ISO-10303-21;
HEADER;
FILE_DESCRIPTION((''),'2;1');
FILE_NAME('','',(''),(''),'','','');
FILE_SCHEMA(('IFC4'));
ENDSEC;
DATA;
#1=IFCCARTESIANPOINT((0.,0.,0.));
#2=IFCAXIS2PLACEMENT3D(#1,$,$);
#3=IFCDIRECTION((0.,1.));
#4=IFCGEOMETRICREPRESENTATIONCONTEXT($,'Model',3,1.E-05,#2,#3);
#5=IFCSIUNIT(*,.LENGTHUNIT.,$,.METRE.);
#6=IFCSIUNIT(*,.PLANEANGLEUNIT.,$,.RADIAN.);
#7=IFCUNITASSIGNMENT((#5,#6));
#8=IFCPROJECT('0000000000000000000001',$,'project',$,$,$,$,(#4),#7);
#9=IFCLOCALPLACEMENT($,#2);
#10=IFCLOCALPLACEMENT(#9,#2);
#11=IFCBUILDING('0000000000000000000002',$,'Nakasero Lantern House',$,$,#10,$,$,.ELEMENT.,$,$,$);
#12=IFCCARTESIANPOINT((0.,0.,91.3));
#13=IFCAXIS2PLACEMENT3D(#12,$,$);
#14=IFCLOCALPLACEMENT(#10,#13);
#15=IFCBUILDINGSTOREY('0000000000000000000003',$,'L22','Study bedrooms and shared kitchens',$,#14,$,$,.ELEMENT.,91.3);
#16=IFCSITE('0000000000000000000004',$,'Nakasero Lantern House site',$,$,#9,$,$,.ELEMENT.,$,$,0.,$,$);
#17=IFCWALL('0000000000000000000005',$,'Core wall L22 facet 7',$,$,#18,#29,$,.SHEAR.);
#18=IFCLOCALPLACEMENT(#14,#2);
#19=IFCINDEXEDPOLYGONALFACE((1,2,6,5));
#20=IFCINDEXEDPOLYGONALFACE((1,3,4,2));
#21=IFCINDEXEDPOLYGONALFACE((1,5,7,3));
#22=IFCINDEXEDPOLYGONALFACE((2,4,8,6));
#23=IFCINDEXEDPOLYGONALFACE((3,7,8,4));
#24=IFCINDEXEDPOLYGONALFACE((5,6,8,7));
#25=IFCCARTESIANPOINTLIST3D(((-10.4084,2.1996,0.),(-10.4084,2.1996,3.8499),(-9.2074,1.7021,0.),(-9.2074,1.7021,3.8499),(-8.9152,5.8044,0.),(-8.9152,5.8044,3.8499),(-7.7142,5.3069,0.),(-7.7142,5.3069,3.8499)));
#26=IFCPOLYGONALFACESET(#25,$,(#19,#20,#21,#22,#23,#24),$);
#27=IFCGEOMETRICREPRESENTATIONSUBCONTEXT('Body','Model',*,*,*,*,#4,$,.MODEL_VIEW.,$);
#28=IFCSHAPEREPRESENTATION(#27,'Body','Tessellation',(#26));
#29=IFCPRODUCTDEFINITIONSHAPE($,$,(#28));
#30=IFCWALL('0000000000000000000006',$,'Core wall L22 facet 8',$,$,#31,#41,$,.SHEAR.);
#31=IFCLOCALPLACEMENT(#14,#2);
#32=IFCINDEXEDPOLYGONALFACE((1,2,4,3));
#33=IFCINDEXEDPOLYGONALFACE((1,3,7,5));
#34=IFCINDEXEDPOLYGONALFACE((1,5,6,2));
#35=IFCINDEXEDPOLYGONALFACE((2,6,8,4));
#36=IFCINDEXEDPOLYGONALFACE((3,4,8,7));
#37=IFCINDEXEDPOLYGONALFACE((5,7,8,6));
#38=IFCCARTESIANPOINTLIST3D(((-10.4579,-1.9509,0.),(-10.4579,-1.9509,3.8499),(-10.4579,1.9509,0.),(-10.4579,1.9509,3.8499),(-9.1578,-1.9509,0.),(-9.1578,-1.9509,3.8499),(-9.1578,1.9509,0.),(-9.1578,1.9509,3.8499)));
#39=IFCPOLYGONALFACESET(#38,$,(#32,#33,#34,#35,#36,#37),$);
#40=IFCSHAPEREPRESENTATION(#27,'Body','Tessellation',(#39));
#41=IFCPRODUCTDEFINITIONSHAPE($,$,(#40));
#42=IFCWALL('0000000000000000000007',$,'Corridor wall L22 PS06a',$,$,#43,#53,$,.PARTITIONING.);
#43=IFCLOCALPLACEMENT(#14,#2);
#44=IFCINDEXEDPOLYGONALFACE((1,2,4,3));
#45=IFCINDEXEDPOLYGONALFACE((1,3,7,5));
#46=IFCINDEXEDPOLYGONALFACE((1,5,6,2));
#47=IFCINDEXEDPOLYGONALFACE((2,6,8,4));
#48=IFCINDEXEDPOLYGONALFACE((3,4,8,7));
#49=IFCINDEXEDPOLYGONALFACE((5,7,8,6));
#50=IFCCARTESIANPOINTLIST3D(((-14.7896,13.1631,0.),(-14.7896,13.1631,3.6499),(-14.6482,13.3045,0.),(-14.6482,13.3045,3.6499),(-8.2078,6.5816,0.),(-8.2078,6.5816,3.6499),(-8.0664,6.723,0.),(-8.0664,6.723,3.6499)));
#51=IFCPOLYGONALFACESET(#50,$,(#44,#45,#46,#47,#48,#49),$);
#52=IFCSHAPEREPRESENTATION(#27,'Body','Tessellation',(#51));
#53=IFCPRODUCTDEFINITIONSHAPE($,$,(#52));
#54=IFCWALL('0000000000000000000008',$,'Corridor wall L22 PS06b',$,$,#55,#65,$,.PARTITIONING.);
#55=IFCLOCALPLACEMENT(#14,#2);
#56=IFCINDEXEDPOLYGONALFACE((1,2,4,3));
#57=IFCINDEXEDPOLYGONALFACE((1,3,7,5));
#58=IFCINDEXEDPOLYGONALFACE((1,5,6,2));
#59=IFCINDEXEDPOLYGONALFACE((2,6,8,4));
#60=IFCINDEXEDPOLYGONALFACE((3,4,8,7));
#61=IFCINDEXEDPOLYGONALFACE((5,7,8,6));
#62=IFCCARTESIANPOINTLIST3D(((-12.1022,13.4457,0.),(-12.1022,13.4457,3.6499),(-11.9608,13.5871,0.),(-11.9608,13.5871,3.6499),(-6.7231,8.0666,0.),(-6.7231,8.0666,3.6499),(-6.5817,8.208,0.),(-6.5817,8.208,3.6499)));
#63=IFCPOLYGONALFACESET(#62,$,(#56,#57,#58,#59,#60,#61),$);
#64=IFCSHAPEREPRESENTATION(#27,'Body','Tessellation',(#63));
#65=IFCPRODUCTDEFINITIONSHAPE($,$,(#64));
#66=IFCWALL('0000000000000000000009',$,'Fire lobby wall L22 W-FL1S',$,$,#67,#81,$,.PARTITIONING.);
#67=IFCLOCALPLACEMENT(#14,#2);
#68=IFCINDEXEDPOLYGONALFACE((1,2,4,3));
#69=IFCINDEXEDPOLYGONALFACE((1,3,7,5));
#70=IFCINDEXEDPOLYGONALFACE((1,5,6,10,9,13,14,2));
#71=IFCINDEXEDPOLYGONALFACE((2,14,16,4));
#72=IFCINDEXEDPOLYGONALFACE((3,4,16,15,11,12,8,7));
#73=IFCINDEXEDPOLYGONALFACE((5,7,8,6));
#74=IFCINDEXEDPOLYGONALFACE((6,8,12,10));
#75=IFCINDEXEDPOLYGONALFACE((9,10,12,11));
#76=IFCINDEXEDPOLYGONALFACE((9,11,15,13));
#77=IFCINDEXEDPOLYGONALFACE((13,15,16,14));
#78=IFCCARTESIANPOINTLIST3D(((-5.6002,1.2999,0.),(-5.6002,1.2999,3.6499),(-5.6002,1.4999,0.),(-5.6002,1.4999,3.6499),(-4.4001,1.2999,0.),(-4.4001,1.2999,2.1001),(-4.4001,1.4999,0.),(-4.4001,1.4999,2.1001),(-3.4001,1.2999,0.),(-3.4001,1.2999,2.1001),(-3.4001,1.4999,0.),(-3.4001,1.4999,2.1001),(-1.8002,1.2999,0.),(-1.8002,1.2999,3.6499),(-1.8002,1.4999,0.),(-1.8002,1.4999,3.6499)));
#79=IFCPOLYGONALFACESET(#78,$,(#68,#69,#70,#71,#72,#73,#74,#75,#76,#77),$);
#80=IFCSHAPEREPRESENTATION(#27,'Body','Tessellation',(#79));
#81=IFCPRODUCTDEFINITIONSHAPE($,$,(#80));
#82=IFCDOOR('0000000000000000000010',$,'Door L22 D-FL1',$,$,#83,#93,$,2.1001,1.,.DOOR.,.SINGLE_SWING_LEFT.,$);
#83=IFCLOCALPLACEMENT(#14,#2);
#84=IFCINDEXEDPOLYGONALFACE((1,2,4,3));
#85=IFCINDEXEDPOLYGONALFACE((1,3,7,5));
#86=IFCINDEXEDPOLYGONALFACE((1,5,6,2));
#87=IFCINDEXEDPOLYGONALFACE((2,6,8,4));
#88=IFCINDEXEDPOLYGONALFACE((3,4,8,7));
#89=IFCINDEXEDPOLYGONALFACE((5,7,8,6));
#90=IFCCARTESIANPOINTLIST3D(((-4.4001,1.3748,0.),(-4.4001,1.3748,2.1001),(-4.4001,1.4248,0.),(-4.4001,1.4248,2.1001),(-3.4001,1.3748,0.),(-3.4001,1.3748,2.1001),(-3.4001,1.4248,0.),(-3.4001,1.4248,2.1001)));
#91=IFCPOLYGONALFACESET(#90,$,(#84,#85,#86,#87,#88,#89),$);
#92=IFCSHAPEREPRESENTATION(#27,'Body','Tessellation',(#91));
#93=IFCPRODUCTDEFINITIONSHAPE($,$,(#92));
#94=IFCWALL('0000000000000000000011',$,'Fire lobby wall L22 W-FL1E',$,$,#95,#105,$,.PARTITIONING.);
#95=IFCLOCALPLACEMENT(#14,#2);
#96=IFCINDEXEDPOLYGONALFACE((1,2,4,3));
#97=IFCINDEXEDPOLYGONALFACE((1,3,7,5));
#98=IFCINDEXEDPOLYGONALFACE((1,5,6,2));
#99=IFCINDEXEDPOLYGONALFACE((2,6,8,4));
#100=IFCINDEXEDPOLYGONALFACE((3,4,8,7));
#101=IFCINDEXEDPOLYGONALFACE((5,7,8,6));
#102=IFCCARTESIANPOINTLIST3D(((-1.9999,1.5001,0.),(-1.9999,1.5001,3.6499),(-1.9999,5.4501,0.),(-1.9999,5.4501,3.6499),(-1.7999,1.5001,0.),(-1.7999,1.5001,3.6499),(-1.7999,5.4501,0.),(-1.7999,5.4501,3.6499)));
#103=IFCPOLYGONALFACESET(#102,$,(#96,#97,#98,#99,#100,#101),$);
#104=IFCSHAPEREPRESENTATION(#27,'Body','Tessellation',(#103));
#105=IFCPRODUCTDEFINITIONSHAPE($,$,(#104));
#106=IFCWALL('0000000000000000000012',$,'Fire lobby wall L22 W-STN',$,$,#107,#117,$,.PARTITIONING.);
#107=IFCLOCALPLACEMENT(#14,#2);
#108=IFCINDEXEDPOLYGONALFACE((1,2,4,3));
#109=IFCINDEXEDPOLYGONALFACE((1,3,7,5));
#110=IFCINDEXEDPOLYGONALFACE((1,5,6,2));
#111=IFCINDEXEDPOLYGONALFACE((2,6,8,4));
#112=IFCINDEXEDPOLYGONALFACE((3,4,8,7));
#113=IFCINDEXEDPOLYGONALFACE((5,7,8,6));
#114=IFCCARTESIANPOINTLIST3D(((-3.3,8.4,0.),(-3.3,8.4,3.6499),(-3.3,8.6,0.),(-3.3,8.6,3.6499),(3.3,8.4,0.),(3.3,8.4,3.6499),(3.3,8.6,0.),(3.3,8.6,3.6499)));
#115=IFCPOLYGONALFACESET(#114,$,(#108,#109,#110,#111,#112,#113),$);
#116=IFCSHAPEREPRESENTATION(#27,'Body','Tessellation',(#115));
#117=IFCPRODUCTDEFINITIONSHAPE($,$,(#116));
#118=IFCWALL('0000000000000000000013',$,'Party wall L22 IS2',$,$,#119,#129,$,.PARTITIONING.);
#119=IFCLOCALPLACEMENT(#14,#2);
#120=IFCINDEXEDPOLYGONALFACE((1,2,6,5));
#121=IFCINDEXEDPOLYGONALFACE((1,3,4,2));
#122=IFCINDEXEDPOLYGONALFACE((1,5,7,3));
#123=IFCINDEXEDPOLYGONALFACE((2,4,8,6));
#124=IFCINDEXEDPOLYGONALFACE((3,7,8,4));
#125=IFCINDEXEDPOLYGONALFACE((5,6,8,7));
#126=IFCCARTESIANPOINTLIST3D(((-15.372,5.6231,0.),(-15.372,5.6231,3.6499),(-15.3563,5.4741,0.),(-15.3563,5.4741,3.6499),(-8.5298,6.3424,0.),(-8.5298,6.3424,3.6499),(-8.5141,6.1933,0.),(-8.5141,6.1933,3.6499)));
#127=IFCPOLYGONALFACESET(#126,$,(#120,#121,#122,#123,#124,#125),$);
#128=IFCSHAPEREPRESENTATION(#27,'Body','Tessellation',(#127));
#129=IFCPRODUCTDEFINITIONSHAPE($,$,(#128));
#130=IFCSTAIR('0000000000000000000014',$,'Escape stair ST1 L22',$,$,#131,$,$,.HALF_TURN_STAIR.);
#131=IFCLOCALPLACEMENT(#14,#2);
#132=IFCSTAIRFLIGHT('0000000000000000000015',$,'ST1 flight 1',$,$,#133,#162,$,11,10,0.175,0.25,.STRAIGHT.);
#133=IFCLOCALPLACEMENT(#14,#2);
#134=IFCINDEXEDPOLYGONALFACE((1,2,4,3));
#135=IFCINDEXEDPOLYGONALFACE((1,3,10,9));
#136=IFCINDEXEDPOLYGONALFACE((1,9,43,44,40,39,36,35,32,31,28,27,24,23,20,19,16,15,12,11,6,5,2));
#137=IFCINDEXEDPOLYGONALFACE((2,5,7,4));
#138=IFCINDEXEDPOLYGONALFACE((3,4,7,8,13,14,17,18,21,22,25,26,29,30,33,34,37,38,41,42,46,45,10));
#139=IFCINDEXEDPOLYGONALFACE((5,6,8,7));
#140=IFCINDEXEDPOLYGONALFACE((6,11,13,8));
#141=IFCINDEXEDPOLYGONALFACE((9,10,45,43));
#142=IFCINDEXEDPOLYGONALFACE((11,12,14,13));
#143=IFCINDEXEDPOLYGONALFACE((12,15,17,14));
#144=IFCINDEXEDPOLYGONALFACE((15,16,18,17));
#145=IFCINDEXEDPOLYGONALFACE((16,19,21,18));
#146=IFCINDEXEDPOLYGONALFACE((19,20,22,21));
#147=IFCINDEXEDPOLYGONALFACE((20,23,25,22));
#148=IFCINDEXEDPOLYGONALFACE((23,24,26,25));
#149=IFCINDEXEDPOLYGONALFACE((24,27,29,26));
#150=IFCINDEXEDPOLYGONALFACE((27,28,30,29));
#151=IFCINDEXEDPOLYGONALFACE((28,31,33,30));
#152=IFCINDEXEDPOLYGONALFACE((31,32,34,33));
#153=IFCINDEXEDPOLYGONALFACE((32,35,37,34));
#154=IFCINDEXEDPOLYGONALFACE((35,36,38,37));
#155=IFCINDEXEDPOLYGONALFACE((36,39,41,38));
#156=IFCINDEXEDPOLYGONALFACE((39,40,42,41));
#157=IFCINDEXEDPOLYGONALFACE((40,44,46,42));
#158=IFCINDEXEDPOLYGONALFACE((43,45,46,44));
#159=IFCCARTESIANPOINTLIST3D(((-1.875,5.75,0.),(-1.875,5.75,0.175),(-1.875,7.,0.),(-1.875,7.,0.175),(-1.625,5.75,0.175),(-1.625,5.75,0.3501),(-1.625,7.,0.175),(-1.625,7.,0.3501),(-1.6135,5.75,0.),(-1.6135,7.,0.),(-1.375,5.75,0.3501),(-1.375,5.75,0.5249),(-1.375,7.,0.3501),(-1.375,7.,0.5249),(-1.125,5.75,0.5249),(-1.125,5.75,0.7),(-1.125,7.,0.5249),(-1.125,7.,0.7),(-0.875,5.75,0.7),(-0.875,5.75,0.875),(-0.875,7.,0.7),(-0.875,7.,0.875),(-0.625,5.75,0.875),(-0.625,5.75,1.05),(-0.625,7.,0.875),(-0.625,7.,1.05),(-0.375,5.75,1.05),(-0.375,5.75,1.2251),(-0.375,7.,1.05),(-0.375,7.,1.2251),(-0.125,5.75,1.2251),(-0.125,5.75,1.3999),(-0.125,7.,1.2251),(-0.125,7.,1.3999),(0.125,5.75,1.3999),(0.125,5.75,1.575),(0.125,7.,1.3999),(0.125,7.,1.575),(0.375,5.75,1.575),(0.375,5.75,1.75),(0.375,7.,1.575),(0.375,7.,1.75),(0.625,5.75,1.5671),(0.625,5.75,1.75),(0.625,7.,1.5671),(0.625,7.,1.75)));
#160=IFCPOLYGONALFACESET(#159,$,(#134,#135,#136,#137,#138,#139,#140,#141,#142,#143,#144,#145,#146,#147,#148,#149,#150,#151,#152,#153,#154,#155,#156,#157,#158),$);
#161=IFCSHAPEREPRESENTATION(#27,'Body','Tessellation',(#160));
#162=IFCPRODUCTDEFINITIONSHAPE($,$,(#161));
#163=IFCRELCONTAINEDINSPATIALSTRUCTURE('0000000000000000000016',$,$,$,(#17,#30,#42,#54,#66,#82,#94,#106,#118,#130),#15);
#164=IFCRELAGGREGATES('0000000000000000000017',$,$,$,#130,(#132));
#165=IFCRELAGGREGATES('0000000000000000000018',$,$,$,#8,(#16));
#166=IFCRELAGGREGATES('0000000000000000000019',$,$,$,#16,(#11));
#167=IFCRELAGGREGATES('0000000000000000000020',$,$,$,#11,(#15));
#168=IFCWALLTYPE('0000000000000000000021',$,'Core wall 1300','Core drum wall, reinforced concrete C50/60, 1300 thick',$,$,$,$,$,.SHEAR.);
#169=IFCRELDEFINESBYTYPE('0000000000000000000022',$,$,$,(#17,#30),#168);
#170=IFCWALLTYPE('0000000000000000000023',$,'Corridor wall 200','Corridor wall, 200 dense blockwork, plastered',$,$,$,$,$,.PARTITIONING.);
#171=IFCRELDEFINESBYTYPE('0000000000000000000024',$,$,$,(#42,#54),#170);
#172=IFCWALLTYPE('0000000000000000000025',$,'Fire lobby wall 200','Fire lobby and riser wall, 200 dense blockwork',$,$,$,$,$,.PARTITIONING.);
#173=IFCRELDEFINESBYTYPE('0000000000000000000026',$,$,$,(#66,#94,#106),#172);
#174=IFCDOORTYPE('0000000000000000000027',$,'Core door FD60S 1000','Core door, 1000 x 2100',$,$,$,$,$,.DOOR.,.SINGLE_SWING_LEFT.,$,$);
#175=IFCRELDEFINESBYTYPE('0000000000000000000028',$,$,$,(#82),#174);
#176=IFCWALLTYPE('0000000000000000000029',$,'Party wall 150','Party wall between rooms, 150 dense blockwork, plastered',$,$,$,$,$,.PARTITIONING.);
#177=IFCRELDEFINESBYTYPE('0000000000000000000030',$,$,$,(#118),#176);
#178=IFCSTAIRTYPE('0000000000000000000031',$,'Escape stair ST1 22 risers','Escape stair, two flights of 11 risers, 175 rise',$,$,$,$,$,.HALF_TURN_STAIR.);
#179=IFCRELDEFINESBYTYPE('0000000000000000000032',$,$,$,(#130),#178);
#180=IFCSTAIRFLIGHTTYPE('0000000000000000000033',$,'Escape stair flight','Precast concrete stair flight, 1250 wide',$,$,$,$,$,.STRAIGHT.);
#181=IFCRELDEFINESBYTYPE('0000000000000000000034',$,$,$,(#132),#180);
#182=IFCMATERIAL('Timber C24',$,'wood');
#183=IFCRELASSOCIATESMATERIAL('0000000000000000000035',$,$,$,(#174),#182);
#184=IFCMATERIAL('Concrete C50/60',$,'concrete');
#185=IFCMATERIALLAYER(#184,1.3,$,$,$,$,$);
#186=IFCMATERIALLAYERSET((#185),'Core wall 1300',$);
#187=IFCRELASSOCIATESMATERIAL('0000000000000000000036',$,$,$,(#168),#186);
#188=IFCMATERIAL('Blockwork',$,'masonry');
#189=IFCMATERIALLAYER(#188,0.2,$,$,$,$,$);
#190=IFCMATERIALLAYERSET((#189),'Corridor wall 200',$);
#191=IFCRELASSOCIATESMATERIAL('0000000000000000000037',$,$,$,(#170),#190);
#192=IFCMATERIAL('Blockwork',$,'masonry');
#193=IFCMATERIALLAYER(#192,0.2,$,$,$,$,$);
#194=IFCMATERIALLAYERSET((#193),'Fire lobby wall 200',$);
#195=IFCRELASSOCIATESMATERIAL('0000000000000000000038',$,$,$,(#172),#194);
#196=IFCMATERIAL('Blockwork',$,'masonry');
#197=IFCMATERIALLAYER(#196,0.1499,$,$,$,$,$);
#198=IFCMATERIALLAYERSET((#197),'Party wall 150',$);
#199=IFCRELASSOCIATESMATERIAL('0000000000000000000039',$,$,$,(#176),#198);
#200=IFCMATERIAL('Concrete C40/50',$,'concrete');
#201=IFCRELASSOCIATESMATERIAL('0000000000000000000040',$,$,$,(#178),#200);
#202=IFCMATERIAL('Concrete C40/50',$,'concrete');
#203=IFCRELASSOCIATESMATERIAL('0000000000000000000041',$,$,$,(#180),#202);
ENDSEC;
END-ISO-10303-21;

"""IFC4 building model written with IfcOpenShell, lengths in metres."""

from ifc_helpers import new_model, si_unit, direction, frame, frame_2d, origin, place, context, subcontext, project, spatial, polyline, rectangle, outline, extrude, material, layer, layer_set, type_object, element, fill, aggregate, save


model = new_model("IFC4")

# Units and contexts
model_context = context("Model", 3, precision=1e-05, world=origin(), true_north=direction((0.0, 1.0)))
body_context = subcontext(model_context, "Body", "Model", "MODEL_VIEW")
ifc_project = project(units=[si_unit("LENGTHUNIT", "METRE"), si_unit("PLANEANGLEUNIT", "RADIAN")], contexts=[model_context])

# Site, building, storey
site_placement = place(None, origin())
site = spatial("IfcSite", under=ifc_project, at=site_placement, Name="Nakasero Lantern House site", CompositionType="ELEMENT", RefElevation=0.0)
building_placement = place(site_placement, origin())
building = spatial("IfcBuilding", under=site, at=building_placement, Name="Nakasero Lantern House", CompositionType="ELEMENT")
storey_placement = place(building_placement, frame((0.0, 0.0, 91.3)))
storey = spatial("IfcBuildingStorey", under=building, at=storey_placement, Name="L22", Description="Study bedrooms and shared kitchens", CompositionType="ELEMENT", Elevation=91.3)

# Shared definitions
ifc_material_1 = material(Name="Timber C24", Category="wood")
door_type = type_object("IfcDoorType", Name="Core door FD60S 1000", Description="Core door, 1000 x 2100", OperationType="SINGLE_SWING_LEFT", PredefinedType="DOOR", material=ifc_material_1)

# Shared definitions
ifc_material_2 = material(Name="Concrete C50/60", Category="concrete")
ifc_layer_1 = layer(ifc_material_2, 1.3)
ifc_layer_set_1 = layer_set([ifc_layer_1], Name="Core wall 1300")
wall_type_1 = type_object("IfcWallType", Name="Core wall 1300", Description="Core drum wall, reinforced concrete C50/60, 1300 thick", PredefinedType="SHEAR", material=ifc_layer_set_1)

# Walls
for number, where, z_axis, x_axis, name in (
    (1, (-8.3147, 5.5557, 0.0), (0.0, 0.0, 1.0), (-0.382691, -0.923877, 0.0), "Core wall L22 facet 7"),
    (2, (-9.8079, 1.9509, 0.0), (0.0, 0.0, 1.0), (0.0, -1.0, 0.0), "Core wall L22 facet 8"),
):
    element("IfcWall", number, at=place(storey_placement, frame(where, z_axis=z_axis, x_axis=x_axis)), inside=storey, type_object=wall_type_1, Name=name, PredefinedType="SHEAR", context=body_context, shape_type="SweptSolid", body=[
        extrude(rectangle(XDim=3.9019, YDim=1.3, at=frame_2d((1.9509, 0.0))), origin(), (0.0, 0.0, 1.0), 3.8499),
    ])
ifc_material_3 = material(Name="Blockwork", Category="masonry")
ifc_layer_2 = layer(ifc_material_3, 0.2)
ifc_layer_set_2 = layer_set([ifc_layer_2], Name="Corridor wall 200")
wall_type_2 = type_object("IfcWallType", Name="Corridor wall 200", Description="Corridor wall, 200 dense blockwork, plastered", PredefinedType="PARTITIONING", material=ifc_layer_set_2)
wall_1_placement = place(storey_placement, frame((-8.1372, 6.6523, 0.0), z_axis=(0.0, 0.0, 1.0), x_axis=(-0.70712, 0.707094, 0.0)))
element("IfcWall", 3, at=wall_1_placement, inside=storey, type_object=wall_type_2, Name="Corridor wall L22 PS06a", PredefinedType="PARTITIONING", context=body_context, shape_type="SweptSolid", body=[
    extrude(rectangle(XDim=9.3079, YDim=0.2, at=frame_2d((4.6538, 0.0))), origin(), (0.0, 0.0, 1.0), 3.6499),
])
wall_2_placement = place(storey_placement, frame((-6.6523, 8.1372, 0.0), z_axis=(0.0, 0.0, 1.0), x_axis=(-0.707107, 0.707107, 0.0)))
element("IfcWall", 4, at=wall_2_placement, inside=storey, type_object=wall_type_2, Name="Corridor wall L22 PS06b", PredefinedType="PARTITIONING", context=body_context, shape_type="SweptSolid", body=[
    extrude(rectangle(XDim=7.6072, YDim=0.2, at=frame_2d((3.8037, 0.0))), origin(), (0.0, 0.0, 1.0), 3.6499),
])

# Wall, opening, door
ifc_material_4 = material(Name="Blockwork", Category="masonry")
ifc_layer_3 = layer(ifc_material_4, 0.2)
ifc_layer_set_3 = layer_set([ifc_layer_3], Name="Fire lobby wall 200")
wall_type_3 = type_object("IfcWallType", Name="Fire lobby wall 200", Description="Fire lobby and riser wall, 200 dense blockwork", PredefinedType="PARTITIONING", material=ifc_layer_set_3)
wall_3_placement = place(storey_placement, frame((-5.6001, 1.3999, 0.0), z_axis=(0.0, 0.0, 1.0), x_axis=(1.0, 0.0, 0.0)))
wall_3 = element("IfcWall", 5, at=wall_3_placement, inside=storey, type_object=wall_type_3, Name="Fire lobby wall L22 W-FL1S", PredefinedType="PARTITIONING", context=body_context, shape_type="SweptSolid", body=[
    extrude(rectangle(XDim=3.8, YDim=0.2, at=frame_2d((1.8999, 0.0))), origin(), (0.0, 0.0, 1.0), 3.6499),
])
opening_1_placement = place(wall_3_placement, frame((1.2, 0.0, 0.0)))
opening_1 = element("IfcOpeningElement", 6, at=opening_1_placement, cuts=wall_3, PredefinedType="OPENING", context=body_context, shape_type="SweptSolid", body=[
    extrude(rectangle(XDim=1.0, YDim=2.1001, at=frame_2d((0.5, 1.05))), frame((0.0, 0.1199, 0.0), z_axis=(0.0, -1.0, 0.0), x_axis=(1.0, 0.0, 0.0)), (0.0, 0.0, 1.0), 0.24),
])
door_1_placement = place(opening_1_placement, origin())
door_1 = element("IfcDoor", 7, at=door_1_placement, inside=storey, type_object=door_type, Name="Door L22 D-FL1", OperationType="SINGLE_SWING_LEFT", OverallHeight=2.1001, OverallWidth=1.0, PredefinedType="DOOR", context=body_context, shape_type="SweptSolid", body=[
    extrude(rectangle(XDim=1.0, YDim=2.1001, at=frame_2d((0.5, 1.05))), frame((0.0, 0.0249, 0.0), z_axis=(0.0, -1.0, 0.0), x_axis=(1.0, 0.0, 0.0)), (0.0, 0.0, 1.0), 0.05),
])
fill(opening_1, door_1)

# Walls
wall_4_placement = place(storey_placement, frame((-1.8999, 1.5, 0.0), z_axis=(0.0, 0.0, 1.0), x_axis=(0.0, 1.0, 0.0)))
element("IfcWall", 8, at=wall_4_placement, inside=storey, type_object=wall_type_3, Name="Fire lobby wall L22 W-FL1E", PredefinedType="PARTITIONING", context=body_context, shape_type="SweptSolid", body=[
    extrude(rectangle(XDim=3.95, YDim=0.2, at=frame_2d((1.9751, 0.0))), origin(), (0.0, 0.0, 1.0), 3.6499),
])
wall_5_placement = place(storey_placement, frame((-3.3, 8.5, 0.0), z_axis=(0.0, 0.0, 1.0), x_axis=(1.0, 0.0, 0.0)))
element("IfcWall", 9, at=wall_5_placement, inside=storey, type_object=wall_type_3, Name="Fire lobby wall L22 W-STN", PredefinedType="PARTITIONING", context=body_context, shape_type="SweptSolid", body=[
    extrude(rectangle(XDim=6.6001, YDim=0.2, at=frame_2d((3.3, 0.0))), origin(), (0.0, 0.0, 1.0), 3.6499),
])
ifc_material_5 = material(Name="Blockwork", Category="masonry")
ifc_layer_4 = layer(ifc_material_5, 0.1499)
ifc_layer_set_4 = layer_set([ifc_layer_4], Name="Party wall 150")
wall_type_4 = type_object("IfcWallType", Name="Party wall 150", Description="Party wall between rooms, 150 dense blockwork, plastered", PredefinedType="PARTITIONING", material=ifc_layer_set_4)
wall_6_placement = place(storey_placement, frame((-8.522, 6.2678, 0.0), z_axis=(0.0, 0.0, 1.0), x_axis=(-0.994521, -0.104541, 0.0)))
element("IfcWall", 10, at=wall_6_placement, inside=storey, type_object=wall_type_4, Name="Party wall L22 IS2", PredefinedType="PARTITIONING", context=body_context, shape_type="SweptSolid", body=[
    extrude(rectangle(XDim=6.8799, YDim=0.1499, at=frame_2d((3.4399, 0.0))), origin(), (0.0, 0.0, 1.0), 3.6499),
])

# Stair, stair flight
ifc_material_6 = material(Name="Concrete C40/50", Category="concrete")
stair_type = type_object("IfcStairType", Name="Escape stair ST1 22 risers", Description="Escape stair, two flights of 11 risers, 175 rise", PredefinedType="HALF_TURN_STAIR", material=ifc_material_6)
stair_placement = place(storey_placement, origin())
stair = element("IfcStair", 11, at=stair_placement, inside=storey, type_object=stair_type, Name="Escape stair ST1 L22", PredefinedType="HALF_TURN_STAIR")
ifc_material_7 = material(Name="Concrete C40/50", Category="concrete")
stair_flight_type = type_object("IfcStairFlightType", Name="Escape stair flight", Description="Precast concrete stair flight, 1250 wide", PredefinedType="STRAIGHT", material=ifc_material_7)
stair_flight_placement = place(storey_placement, frame((-1.875, 6.375, 0.0), z_axis=(0.0, 0.0, 1.0), x_axis=(1.0, 0.0, 0.0)))
stair_flight = element("IfcStairFlight", 12, at=stair_flight_placement, type_object=stair_flight_type, Name="ST1 flight 1", NumberOfRisers=11, NumberOfTreads=10, PredefinedType="STRAIGHT", RiserHeight=0.175, TreadLength=0.25, context=body_context, shape_type="SweptSolid", body=[
    extrude(outline(polyline([(0.0, 0.0), (0.0, 0.175), (0.25, 0.175), (0.25, 0.3501), (0.5, 0.3501), (0.5, 0.5249), (0.75, 0.5249), (0.75, 0.7), (1.0, 0.7), (1.0, 0.875), (1.25, 0.875), (1.25, 1.05), (1.5, 1.05), (1.5, 1.2251), (1.75, 1.2251), (1.75, 1.3999), (2.0, 1.3999), (2.0, 1.575), (2.25, 1.575), (2.25, 1.75), (2.5, 1.75), (2.5, 1.925), (2.5, 1.5671), (0.2615, 0.0), (0.0, 0.0)])), frame((0.0, 0.625, 0.0), z_axis=(0.0, -1.0, 0.0), x_axis=(1.0, 0.0, 0.0)), (0.0, 0.0, 1.0), 1.25),
])
aggregate(stair, [stair_flight])

save(model, "model.ifc")
